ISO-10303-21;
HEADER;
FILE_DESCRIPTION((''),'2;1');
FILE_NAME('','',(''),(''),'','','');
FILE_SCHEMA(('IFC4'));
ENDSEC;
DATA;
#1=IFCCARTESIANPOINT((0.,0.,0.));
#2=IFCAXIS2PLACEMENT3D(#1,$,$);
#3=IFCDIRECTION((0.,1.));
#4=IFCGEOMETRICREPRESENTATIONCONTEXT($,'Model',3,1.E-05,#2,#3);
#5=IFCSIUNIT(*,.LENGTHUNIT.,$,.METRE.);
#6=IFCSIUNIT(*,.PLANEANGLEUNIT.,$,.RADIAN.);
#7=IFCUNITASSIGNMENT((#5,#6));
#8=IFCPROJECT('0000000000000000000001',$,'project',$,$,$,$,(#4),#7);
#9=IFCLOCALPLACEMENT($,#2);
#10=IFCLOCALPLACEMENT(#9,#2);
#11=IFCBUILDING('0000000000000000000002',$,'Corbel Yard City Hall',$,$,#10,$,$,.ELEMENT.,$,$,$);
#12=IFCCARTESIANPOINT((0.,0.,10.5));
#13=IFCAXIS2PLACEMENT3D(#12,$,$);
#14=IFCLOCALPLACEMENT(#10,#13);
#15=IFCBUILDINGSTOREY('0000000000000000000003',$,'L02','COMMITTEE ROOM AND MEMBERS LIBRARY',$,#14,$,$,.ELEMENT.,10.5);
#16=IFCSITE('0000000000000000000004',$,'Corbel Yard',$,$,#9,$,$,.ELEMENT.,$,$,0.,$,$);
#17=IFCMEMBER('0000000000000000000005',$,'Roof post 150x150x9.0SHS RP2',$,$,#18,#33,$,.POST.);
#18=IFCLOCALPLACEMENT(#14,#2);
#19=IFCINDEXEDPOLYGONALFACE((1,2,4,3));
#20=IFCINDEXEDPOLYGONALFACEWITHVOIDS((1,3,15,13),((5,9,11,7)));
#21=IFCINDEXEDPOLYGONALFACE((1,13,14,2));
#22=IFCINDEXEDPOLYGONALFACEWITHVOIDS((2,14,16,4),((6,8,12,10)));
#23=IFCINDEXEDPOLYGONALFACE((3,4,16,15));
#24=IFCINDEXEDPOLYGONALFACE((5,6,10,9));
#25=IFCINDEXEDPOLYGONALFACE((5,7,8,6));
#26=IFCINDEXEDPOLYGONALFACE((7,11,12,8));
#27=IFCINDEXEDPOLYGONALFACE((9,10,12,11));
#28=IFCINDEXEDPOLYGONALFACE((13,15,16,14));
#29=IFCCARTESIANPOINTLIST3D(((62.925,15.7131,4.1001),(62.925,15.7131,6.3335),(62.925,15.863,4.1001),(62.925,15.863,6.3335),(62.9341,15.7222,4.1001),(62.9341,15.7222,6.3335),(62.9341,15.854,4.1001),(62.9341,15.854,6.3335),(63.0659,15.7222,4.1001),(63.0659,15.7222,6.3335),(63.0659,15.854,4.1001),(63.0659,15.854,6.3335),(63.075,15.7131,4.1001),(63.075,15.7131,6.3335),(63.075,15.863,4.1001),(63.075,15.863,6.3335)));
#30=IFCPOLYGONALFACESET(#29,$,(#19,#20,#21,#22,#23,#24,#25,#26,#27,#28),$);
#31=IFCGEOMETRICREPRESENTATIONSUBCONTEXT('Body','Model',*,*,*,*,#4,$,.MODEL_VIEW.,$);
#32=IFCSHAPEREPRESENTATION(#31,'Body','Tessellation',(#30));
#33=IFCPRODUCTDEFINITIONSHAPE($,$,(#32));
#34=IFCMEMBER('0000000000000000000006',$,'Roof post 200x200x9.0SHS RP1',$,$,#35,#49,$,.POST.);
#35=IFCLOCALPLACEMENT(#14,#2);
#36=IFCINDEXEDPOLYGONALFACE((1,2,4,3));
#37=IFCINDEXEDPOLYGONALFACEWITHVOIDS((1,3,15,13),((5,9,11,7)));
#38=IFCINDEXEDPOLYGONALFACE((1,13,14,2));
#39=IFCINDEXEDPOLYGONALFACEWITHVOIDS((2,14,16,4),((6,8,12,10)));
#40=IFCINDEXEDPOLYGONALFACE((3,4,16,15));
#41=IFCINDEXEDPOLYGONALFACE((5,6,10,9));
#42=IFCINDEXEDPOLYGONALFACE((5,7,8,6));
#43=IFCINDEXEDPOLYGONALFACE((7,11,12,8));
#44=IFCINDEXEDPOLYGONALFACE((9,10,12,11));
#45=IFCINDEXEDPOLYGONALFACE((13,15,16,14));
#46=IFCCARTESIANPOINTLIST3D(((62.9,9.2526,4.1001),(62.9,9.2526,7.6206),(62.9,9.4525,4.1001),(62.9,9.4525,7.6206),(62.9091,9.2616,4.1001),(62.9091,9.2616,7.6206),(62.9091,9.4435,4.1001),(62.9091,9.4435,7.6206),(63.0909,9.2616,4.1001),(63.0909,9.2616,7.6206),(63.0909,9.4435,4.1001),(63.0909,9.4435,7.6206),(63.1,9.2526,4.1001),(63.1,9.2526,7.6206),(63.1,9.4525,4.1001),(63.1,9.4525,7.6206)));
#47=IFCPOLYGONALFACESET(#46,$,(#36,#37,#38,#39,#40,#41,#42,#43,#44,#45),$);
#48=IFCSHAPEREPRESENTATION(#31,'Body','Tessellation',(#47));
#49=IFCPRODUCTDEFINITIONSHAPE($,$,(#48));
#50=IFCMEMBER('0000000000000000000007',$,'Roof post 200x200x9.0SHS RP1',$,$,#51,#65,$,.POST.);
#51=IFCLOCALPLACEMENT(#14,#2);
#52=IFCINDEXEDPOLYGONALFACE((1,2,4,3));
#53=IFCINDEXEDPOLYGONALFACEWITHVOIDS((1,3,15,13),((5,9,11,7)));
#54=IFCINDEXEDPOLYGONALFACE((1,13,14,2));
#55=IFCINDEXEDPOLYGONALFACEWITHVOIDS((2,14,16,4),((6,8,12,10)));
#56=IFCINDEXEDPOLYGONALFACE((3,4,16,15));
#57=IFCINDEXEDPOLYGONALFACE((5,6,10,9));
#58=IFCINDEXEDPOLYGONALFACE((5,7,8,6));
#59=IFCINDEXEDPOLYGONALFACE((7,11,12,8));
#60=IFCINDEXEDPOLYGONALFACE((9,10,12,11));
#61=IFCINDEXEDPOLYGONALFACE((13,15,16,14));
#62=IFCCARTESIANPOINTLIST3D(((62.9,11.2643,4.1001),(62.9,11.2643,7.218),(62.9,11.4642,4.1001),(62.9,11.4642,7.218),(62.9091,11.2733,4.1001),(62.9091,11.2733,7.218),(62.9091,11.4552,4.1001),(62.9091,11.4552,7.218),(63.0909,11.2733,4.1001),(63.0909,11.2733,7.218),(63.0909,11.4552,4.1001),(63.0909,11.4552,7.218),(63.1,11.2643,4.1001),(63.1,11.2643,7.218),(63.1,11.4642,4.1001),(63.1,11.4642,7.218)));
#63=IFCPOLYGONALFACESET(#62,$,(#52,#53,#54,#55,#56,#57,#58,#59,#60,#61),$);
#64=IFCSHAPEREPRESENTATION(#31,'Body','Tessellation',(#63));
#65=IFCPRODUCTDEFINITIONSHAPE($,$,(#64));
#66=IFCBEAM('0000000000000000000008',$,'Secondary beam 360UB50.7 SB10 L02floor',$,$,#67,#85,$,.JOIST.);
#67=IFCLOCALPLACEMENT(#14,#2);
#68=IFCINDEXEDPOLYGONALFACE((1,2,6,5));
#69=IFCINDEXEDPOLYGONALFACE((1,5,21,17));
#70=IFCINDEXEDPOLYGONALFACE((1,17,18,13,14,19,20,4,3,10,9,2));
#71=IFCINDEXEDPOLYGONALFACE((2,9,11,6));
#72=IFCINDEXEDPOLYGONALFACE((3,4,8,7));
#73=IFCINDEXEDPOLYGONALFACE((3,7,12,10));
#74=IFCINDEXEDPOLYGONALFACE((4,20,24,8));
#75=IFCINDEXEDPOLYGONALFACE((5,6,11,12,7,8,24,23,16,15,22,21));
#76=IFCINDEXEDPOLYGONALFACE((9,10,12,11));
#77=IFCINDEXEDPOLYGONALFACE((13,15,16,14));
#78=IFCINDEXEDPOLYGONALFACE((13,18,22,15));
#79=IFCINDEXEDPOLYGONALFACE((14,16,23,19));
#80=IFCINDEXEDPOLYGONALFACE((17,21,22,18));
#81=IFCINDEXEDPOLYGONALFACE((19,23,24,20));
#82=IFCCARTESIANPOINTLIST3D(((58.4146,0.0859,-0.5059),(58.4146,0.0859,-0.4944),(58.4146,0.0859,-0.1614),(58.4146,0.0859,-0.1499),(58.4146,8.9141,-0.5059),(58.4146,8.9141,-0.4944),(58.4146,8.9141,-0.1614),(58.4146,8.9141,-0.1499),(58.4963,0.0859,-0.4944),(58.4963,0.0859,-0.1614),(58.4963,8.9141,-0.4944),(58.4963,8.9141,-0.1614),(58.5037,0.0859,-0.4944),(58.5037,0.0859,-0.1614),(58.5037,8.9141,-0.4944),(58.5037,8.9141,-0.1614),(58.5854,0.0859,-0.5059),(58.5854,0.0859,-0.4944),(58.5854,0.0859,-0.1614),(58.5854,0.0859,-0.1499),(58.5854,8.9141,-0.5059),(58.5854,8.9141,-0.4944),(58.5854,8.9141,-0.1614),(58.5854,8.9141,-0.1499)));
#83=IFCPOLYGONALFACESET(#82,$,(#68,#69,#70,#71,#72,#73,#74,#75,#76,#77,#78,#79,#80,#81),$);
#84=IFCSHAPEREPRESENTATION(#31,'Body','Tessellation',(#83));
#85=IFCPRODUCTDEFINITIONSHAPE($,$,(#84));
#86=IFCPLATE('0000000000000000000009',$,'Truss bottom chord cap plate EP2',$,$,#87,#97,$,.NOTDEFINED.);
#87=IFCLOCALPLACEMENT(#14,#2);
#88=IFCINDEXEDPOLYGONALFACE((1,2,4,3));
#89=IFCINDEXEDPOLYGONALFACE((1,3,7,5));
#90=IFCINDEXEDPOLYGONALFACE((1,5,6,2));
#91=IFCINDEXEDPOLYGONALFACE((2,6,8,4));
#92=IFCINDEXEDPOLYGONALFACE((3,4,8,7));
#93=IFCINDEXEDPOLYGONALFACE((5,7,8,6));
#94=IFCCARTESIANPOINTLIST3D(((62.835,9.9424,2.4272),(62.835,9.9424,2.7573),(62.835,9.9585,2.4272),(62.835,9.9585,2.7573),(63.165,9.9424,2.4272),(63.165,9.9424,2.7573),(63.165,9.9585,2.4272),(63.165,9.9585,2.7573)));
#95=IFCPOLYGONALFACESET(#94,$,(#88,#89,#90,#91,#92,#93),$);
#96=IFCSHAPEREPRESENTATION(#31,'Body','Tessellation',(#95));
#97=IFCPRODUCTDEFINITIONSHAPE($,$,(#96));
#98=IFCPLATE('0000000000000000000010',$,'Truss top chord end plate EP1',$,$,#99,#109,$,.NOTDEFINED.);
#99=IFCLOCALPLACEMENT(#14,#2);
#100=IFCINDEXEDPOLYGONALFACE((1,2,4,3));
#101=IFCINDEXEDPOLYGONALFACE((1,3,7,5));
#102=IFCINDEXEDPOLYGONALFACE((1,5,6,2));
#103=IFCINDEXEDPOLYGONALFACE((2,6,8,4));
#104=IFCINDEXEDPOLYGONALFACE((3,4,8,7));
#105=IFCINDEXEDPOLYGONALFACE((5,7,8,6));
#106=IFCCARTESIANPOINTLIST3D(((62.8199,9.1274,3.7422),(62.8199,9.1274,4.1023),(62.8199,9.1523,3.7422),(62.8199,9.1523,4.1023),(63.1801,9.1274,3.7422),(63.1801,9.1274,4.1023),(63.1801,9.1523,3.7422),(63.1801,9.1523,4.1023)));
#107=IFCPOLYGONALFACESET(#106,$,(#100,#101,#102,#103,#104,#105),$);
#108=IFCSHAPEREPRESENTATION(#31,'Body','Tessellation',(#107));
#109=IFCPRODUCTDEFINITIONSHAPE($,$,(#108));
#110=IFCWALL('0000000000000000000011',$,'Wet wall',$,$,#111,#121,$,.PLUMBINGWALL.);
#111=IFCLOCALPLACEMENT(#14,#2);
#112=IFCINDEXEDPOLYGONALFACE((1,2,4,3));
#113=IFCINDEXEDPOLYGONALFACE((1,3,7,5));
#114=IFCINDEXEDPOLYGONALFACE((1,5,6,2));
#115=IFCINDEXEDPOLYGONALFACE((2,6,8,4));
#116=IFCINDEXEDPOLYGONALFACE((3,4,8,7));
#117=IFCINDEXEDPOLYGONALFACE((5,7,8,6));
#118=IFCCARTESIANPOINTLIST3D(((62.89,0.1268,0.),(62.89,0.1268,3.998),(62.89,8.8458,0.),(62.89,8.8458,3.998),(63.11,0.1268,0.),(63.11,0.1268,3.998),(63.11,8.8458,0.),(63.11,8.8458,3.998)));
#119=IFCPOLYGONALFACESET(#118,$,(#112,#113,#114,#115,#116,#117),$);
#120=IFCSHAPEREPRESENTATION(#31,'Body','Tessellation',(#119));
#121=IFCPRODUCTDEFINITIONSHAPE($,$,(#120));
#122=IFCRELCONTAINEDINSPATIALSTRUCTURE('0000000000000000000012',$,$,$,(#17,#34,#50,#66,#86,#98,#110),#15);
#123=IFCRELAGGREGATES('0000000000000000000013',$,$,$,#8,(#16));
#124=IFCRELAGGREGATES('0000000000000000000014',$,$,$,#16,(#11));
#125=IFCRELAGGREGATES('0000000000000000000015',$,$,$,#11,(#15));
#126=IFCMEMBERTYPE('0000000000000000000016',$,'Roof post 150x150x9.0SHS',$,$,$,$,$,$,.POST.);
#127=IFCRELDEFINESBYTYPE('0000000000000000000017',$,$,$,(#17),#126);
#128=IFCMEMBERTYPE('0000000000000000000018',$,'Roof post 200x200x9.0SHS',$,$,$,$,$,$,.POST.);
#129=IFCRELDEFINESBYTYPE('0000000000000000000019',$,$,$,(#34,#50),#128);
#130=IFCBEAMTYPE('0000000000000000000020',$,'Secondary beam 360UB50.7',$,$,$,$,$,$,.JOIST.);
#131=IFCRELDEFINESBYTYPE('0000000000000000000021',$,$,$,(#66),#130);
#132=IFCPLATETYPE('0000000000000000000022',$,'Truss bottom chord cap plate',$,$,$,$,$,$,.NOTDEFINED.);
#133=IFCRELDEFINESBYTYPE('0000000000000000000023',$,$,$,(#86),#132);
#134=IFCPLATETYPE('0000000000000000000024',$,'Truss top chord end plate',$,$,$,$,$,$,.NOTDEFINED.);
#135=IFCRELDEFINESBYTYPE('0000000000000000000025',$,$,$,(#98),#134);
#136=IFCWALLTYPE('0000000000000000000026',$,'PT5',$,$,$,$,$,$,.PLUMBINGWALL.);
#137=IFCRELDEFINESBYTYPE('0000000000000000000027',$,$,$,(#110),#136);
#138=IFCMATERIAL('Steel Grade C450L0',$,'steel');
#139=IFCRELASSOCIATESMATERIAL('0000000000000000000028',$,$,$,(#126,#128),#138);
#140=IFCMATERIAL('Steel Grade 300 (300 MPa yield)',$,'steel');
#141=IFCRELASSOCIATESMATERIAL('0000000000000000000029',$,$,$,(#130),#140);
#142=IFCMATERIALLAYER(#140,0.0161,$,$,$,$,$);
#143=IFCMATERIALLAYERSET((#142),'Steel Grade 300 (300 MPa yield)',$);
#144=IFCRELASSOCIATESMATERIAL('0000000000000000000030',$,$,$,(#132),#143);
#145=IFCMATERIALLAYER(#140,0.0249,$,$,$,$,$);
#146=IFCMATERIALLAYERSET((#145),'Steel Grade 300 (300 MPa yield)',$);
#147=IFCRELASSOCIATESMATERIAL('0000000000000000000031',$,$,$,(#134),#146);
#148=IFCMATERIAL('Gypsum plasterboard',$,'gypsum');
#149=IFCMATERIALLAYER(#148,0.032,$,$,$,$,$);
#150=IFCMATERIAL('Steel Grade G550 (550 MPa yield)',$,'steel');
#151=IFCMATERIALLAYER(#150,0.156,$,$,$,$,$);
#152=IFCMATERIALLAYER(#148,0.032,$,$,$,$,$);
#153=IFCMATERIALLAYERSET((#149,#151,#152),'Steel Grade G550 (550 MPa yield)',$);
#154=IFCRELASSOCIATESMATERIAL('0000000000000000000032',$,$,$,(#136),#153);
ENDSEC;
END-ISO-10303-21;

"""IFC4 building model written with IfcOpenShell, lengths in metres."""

from ifc_helpers import new_model, si_unit, direction, frame, frame_2d, origin, origin_2d, place, context, subcontext, project, spatial, rectangle, hollow_rectangle, i_section, extrude, material, layer, layer_set, material_profile, profile_set, type_object, element, save


model = new_model("IFC4")

# Units and contexts
model_context = context("Model", 3, precision=1e-05, world=origin(), true_north=direction((0.0, 1.0)))
body_context = subcontext(model_context, "Body", "Model", "MODEL_VIEW")
ifc_project = project(units=[si_unit("LENGTHUNIT", "METRE"), si_unit("PLANEANGLEUNIT", "RADIAN")], contexts=[model_context])

# Site, building, storey
site_placement = place(None, origin())
site = spatial("IfcSite", under=ifc_project, at=site_placement, Name="Corbel Yard", CompositionType="ELEMENT", RefElevation=0.0)
building_placement = place(site_placement, origin())
building = spatial("IfcBuilding", under=site, at=building_placement, Name="Corbel Yard City Hall", CompositionType="ELEMENT")
storey_placement = place(building_placement, frame((0.0, 0.0, 10.5)))
storey = spatial("IfcBuildingStorey", under=building, at=storey_placement, Name="L02", Description="COMMITTEE ROOM AND MEMBERS LIBRARY", CompositionType="ELEMENT", Elevation=10.5)

# Shared definitions
ifc_material_1 = material(Name="Steel Grade 300 (300 MPa yield)", Category="steel")

# Members
ifc_material_2 = material(Name="Steel Grade C450L0", Category="steel")
ifc_material_profile_1 = material_profile(ifc_material_2, hollow_rectangle(XDim=0.1499, YDim=0.1499, WallThickness=0.009, at=origin_2d()), Name="150x150x9.0SHS")
ifc_profile_set_1 = profile_set([ifc_material_profile_1], Name="Steel Grade C450L0")
member_type_1 = type_object("IfcMemberType", Name="Roof post 150x150x9.0SHS", PredefinedType="POST", material=ifc_profile_set_1)
member_1_placement = place(storey_placement, frame((63.0, 15.7881, 4.1001), z_axis=(0.0, 0.0, 1.0), x_axis=(1.0, 0.0, 0.0)))
element("IfcMember", 1, at=member_1_placement, inside=storey, type_object=member_type_1, Name="Roof post 150x150x9.0SHS RP2", PredefinedType="POST", context=body_context, shape_type="SweptSolid", body=[
    extrude(hollow_rectangle(XDim=0.1499, YDim=0.1499, WallThickness=0.009, at=origin_2d()), origin(), (0.0, 0.0, 1.0), 2.2334),
])
ifc_material_profile_2 = material_profile(ifc_material_2, hollow_rectangle(XDim=0.2, YDim=0.2, WallThickness=0.009, at=origin_2d()), Name="200x200x9.0SHS")
ifc_profile_set_2 = profile_set([ifc_material_profile_2], Name="Steel Grade C450L0")
member_type_2 = type_object("IfcMemberType", Name="Roof post 200x200x9.0SHS", PredefinedType="POST", material=ifc_profile_set_2)
member_2_placement = place(storey_placement, frame((63.0, 9.3525, 4.1001), z_axis=(0.0, 0.0, 1.0), x_axis=(1.0, 0.0, 0.0)))
element("IfcMember", 2, at=member_2_placement, inside=storey, type_object=member_type_2, Name="Roof post 200x200x9.0SHS RP1", PredefinedType="POST", context=body_context, shape_type="SweptSolid", body=[
    extrude(hollow_rectangle(XDim=0.2, YDim=0.2, WallThickness=0.009, at=origin_2d()), origin(), (0.0, 0.0, 1.0), 3.5205),
])
member_3_placement = place(storey_placement, frame((63.0, 11.3643, 4.1001), z_axis=(0.0, 0.0, 1.0), x_axis=(1.0, 0.0, 0.0)))
element("IfcMember", 3, at=member_3_placement, inside=storey, type_object=member_type_2, Name="Roof post 200x200x9.0SHS RP1", PredefinedType="POST", context=body_context, shape_type="SweptSolid", body=[
    extrude(hollow_rectangle(XDim=0.2, YDim=0.2, WallThickness=0.009, at=origin_2d()), origin(), (0.0, 0.0, 1.0), 3.1179),
])

# Beam
ifc_material_profile_3 = material_profile(ifc_material_1, i_section(OverallWidth=0.1709, OverallDepth=0.356, WebThickness=0.0073, FlangeThickness=0.0115, at=origin_2d()), Name="360UB50.7")
ifc_profile_set_3 = profile_set([ifc_material_profile_3], Name="Steel Grade 300 (300 MPa yield)")
beam_type_1 = type_object("IfcBeamType", Name="Secondary beam 360UB50.7", PredefinedType="JOIST", material=ifc_profile_set_3)
beam_1_placement = place(storey_placement, frame((58.5, 0.0859, -0.3279), z_axis=(0.0, 1.0, 0.0), x_axis=(-1.0, 0.0, 0.0)))
element("IfcBeam", 4, at=beam_1_placement, inside=storey, type_object=beam_type_1, Name="Secondary beam 360UB50.7 SB10 L02floor", PredefinedType="JOIST", context=body_context, shape_type="SweptSolid", body=[
    extrude(i_section(OverallWidth=0.1709, OverallDepth=0.356, WebThickness=0.0073, FlangeThickness=0.0115, at=origin_2d()), origin(), (0.0, 0.0, 1.0), 8.8281),
])

# Plates
ifc_layer_1 = layer(ifc_material_1, 0.0161)
ifc_layer_set_1 = layer_set([ifc_layer_1], Name="Steel Grade 300 (300 MPa yield)")
plate_type_1 = type_object("IfcPlateType", Name="Truss bottom chord cap plate", PredefinedType="NOTDEFINED", material=ifc_layer_set_1)
plate_1_placement = place(storey_placement, frame((63.0, 9.9504, 2.4272), z_axis=(0.0, 0.0, 1.0), x_axis=(1.0, 0.0, 0.0)))
element("IfcPlate", 5, at=plate_1_placement, inside=storey, type_object=plate_type_1, Name="Truss bottom chord cap plate EP2", PredefinedType="NOTDEFINED", context=body_context, shape_type="SweptSolid", body=[
    extrude(rectangle(XDim=0.3301, YDim=0.0161, at=origin_2d()), origin(), (0.0, 0.0, 1.0), 0.3301),
])
ifc_layer_2 = layer(ifc_material_1, 0.0249)
ifc_layer_set_2 = layer_set([ifc_layer_2], Name="Steel Grade 300 (300 MPa yield)")
plate_type_2 = type_object("IfcPlateType", Name="Truss top chord end plate", PredefinedType="NOTDEFINED", material=ifc_layer_set_2)
plate_2_placement = place(storey_placement, frame((63.0, 9.1399, 3.7422), z_axis=(0.0, 0.0, 1.0), x_axis=(1.0, 0.0, 0.0)))
element("IfcPlate", 6, at=plate_2_placement, inside=storey, type_object=plate_type_2, Name="Truss top chord end plate EP1", PredefinedType="NOTDEFINED", context=body_context, shape_type="SweptSolid", body=[
    extrude(rectangle(XDim=0.3601, YDim=0.0249, at=origin_2d()), origin(), (0.0, 0.0, 1.0), 0.3601),
])

# Wall
ifc_material_3 = material(Name="Gypsum plasterboard", Category="gypsum")
ifc_layer_3 = layer(ifc_material_3, 0.032)
ifc_material_4 = material(Name="Steel Grade G550 (550 MPa yield)", Category="steel")
ifc_layer_4 = layer(ifc_material_4, 0.156)
ifc_layer_5 = layer(ifc_material_3, 0.032)
ifc_layer_set_3 = layer_set([ifc_layer_3, ifc_layer_4, ifc_layer_5], Name="Steel Grade G550 (550 MPa yield)")
wall_type = type_object("IfcWallType", Name="PT5", PredefinedType="PLUMBINGWALL", material=ifc_layer_set_3)
wall_placement = place(storey_placement, frame((63.0, 0.127, 0.0), z_axis=(0.0, 0.0, 1.0), x_axis=(0.0, 1.0, 0.0)))
element("IfcWall", 7, at=wall_placement, inside=storey, type_object=wall_type, Name="Wet wall", PredefinedType="PLUMBINGWALL", context=body_context, shape_type="SweptSolid", body=[
    extrude(rectangle(XDim=8.719, YDim=0.22, at=frame_2d((4.3594, 0.0))), origin(), (0.0, 0.0, 1.0), 3.998),
])

save(model, "model.ifc")
